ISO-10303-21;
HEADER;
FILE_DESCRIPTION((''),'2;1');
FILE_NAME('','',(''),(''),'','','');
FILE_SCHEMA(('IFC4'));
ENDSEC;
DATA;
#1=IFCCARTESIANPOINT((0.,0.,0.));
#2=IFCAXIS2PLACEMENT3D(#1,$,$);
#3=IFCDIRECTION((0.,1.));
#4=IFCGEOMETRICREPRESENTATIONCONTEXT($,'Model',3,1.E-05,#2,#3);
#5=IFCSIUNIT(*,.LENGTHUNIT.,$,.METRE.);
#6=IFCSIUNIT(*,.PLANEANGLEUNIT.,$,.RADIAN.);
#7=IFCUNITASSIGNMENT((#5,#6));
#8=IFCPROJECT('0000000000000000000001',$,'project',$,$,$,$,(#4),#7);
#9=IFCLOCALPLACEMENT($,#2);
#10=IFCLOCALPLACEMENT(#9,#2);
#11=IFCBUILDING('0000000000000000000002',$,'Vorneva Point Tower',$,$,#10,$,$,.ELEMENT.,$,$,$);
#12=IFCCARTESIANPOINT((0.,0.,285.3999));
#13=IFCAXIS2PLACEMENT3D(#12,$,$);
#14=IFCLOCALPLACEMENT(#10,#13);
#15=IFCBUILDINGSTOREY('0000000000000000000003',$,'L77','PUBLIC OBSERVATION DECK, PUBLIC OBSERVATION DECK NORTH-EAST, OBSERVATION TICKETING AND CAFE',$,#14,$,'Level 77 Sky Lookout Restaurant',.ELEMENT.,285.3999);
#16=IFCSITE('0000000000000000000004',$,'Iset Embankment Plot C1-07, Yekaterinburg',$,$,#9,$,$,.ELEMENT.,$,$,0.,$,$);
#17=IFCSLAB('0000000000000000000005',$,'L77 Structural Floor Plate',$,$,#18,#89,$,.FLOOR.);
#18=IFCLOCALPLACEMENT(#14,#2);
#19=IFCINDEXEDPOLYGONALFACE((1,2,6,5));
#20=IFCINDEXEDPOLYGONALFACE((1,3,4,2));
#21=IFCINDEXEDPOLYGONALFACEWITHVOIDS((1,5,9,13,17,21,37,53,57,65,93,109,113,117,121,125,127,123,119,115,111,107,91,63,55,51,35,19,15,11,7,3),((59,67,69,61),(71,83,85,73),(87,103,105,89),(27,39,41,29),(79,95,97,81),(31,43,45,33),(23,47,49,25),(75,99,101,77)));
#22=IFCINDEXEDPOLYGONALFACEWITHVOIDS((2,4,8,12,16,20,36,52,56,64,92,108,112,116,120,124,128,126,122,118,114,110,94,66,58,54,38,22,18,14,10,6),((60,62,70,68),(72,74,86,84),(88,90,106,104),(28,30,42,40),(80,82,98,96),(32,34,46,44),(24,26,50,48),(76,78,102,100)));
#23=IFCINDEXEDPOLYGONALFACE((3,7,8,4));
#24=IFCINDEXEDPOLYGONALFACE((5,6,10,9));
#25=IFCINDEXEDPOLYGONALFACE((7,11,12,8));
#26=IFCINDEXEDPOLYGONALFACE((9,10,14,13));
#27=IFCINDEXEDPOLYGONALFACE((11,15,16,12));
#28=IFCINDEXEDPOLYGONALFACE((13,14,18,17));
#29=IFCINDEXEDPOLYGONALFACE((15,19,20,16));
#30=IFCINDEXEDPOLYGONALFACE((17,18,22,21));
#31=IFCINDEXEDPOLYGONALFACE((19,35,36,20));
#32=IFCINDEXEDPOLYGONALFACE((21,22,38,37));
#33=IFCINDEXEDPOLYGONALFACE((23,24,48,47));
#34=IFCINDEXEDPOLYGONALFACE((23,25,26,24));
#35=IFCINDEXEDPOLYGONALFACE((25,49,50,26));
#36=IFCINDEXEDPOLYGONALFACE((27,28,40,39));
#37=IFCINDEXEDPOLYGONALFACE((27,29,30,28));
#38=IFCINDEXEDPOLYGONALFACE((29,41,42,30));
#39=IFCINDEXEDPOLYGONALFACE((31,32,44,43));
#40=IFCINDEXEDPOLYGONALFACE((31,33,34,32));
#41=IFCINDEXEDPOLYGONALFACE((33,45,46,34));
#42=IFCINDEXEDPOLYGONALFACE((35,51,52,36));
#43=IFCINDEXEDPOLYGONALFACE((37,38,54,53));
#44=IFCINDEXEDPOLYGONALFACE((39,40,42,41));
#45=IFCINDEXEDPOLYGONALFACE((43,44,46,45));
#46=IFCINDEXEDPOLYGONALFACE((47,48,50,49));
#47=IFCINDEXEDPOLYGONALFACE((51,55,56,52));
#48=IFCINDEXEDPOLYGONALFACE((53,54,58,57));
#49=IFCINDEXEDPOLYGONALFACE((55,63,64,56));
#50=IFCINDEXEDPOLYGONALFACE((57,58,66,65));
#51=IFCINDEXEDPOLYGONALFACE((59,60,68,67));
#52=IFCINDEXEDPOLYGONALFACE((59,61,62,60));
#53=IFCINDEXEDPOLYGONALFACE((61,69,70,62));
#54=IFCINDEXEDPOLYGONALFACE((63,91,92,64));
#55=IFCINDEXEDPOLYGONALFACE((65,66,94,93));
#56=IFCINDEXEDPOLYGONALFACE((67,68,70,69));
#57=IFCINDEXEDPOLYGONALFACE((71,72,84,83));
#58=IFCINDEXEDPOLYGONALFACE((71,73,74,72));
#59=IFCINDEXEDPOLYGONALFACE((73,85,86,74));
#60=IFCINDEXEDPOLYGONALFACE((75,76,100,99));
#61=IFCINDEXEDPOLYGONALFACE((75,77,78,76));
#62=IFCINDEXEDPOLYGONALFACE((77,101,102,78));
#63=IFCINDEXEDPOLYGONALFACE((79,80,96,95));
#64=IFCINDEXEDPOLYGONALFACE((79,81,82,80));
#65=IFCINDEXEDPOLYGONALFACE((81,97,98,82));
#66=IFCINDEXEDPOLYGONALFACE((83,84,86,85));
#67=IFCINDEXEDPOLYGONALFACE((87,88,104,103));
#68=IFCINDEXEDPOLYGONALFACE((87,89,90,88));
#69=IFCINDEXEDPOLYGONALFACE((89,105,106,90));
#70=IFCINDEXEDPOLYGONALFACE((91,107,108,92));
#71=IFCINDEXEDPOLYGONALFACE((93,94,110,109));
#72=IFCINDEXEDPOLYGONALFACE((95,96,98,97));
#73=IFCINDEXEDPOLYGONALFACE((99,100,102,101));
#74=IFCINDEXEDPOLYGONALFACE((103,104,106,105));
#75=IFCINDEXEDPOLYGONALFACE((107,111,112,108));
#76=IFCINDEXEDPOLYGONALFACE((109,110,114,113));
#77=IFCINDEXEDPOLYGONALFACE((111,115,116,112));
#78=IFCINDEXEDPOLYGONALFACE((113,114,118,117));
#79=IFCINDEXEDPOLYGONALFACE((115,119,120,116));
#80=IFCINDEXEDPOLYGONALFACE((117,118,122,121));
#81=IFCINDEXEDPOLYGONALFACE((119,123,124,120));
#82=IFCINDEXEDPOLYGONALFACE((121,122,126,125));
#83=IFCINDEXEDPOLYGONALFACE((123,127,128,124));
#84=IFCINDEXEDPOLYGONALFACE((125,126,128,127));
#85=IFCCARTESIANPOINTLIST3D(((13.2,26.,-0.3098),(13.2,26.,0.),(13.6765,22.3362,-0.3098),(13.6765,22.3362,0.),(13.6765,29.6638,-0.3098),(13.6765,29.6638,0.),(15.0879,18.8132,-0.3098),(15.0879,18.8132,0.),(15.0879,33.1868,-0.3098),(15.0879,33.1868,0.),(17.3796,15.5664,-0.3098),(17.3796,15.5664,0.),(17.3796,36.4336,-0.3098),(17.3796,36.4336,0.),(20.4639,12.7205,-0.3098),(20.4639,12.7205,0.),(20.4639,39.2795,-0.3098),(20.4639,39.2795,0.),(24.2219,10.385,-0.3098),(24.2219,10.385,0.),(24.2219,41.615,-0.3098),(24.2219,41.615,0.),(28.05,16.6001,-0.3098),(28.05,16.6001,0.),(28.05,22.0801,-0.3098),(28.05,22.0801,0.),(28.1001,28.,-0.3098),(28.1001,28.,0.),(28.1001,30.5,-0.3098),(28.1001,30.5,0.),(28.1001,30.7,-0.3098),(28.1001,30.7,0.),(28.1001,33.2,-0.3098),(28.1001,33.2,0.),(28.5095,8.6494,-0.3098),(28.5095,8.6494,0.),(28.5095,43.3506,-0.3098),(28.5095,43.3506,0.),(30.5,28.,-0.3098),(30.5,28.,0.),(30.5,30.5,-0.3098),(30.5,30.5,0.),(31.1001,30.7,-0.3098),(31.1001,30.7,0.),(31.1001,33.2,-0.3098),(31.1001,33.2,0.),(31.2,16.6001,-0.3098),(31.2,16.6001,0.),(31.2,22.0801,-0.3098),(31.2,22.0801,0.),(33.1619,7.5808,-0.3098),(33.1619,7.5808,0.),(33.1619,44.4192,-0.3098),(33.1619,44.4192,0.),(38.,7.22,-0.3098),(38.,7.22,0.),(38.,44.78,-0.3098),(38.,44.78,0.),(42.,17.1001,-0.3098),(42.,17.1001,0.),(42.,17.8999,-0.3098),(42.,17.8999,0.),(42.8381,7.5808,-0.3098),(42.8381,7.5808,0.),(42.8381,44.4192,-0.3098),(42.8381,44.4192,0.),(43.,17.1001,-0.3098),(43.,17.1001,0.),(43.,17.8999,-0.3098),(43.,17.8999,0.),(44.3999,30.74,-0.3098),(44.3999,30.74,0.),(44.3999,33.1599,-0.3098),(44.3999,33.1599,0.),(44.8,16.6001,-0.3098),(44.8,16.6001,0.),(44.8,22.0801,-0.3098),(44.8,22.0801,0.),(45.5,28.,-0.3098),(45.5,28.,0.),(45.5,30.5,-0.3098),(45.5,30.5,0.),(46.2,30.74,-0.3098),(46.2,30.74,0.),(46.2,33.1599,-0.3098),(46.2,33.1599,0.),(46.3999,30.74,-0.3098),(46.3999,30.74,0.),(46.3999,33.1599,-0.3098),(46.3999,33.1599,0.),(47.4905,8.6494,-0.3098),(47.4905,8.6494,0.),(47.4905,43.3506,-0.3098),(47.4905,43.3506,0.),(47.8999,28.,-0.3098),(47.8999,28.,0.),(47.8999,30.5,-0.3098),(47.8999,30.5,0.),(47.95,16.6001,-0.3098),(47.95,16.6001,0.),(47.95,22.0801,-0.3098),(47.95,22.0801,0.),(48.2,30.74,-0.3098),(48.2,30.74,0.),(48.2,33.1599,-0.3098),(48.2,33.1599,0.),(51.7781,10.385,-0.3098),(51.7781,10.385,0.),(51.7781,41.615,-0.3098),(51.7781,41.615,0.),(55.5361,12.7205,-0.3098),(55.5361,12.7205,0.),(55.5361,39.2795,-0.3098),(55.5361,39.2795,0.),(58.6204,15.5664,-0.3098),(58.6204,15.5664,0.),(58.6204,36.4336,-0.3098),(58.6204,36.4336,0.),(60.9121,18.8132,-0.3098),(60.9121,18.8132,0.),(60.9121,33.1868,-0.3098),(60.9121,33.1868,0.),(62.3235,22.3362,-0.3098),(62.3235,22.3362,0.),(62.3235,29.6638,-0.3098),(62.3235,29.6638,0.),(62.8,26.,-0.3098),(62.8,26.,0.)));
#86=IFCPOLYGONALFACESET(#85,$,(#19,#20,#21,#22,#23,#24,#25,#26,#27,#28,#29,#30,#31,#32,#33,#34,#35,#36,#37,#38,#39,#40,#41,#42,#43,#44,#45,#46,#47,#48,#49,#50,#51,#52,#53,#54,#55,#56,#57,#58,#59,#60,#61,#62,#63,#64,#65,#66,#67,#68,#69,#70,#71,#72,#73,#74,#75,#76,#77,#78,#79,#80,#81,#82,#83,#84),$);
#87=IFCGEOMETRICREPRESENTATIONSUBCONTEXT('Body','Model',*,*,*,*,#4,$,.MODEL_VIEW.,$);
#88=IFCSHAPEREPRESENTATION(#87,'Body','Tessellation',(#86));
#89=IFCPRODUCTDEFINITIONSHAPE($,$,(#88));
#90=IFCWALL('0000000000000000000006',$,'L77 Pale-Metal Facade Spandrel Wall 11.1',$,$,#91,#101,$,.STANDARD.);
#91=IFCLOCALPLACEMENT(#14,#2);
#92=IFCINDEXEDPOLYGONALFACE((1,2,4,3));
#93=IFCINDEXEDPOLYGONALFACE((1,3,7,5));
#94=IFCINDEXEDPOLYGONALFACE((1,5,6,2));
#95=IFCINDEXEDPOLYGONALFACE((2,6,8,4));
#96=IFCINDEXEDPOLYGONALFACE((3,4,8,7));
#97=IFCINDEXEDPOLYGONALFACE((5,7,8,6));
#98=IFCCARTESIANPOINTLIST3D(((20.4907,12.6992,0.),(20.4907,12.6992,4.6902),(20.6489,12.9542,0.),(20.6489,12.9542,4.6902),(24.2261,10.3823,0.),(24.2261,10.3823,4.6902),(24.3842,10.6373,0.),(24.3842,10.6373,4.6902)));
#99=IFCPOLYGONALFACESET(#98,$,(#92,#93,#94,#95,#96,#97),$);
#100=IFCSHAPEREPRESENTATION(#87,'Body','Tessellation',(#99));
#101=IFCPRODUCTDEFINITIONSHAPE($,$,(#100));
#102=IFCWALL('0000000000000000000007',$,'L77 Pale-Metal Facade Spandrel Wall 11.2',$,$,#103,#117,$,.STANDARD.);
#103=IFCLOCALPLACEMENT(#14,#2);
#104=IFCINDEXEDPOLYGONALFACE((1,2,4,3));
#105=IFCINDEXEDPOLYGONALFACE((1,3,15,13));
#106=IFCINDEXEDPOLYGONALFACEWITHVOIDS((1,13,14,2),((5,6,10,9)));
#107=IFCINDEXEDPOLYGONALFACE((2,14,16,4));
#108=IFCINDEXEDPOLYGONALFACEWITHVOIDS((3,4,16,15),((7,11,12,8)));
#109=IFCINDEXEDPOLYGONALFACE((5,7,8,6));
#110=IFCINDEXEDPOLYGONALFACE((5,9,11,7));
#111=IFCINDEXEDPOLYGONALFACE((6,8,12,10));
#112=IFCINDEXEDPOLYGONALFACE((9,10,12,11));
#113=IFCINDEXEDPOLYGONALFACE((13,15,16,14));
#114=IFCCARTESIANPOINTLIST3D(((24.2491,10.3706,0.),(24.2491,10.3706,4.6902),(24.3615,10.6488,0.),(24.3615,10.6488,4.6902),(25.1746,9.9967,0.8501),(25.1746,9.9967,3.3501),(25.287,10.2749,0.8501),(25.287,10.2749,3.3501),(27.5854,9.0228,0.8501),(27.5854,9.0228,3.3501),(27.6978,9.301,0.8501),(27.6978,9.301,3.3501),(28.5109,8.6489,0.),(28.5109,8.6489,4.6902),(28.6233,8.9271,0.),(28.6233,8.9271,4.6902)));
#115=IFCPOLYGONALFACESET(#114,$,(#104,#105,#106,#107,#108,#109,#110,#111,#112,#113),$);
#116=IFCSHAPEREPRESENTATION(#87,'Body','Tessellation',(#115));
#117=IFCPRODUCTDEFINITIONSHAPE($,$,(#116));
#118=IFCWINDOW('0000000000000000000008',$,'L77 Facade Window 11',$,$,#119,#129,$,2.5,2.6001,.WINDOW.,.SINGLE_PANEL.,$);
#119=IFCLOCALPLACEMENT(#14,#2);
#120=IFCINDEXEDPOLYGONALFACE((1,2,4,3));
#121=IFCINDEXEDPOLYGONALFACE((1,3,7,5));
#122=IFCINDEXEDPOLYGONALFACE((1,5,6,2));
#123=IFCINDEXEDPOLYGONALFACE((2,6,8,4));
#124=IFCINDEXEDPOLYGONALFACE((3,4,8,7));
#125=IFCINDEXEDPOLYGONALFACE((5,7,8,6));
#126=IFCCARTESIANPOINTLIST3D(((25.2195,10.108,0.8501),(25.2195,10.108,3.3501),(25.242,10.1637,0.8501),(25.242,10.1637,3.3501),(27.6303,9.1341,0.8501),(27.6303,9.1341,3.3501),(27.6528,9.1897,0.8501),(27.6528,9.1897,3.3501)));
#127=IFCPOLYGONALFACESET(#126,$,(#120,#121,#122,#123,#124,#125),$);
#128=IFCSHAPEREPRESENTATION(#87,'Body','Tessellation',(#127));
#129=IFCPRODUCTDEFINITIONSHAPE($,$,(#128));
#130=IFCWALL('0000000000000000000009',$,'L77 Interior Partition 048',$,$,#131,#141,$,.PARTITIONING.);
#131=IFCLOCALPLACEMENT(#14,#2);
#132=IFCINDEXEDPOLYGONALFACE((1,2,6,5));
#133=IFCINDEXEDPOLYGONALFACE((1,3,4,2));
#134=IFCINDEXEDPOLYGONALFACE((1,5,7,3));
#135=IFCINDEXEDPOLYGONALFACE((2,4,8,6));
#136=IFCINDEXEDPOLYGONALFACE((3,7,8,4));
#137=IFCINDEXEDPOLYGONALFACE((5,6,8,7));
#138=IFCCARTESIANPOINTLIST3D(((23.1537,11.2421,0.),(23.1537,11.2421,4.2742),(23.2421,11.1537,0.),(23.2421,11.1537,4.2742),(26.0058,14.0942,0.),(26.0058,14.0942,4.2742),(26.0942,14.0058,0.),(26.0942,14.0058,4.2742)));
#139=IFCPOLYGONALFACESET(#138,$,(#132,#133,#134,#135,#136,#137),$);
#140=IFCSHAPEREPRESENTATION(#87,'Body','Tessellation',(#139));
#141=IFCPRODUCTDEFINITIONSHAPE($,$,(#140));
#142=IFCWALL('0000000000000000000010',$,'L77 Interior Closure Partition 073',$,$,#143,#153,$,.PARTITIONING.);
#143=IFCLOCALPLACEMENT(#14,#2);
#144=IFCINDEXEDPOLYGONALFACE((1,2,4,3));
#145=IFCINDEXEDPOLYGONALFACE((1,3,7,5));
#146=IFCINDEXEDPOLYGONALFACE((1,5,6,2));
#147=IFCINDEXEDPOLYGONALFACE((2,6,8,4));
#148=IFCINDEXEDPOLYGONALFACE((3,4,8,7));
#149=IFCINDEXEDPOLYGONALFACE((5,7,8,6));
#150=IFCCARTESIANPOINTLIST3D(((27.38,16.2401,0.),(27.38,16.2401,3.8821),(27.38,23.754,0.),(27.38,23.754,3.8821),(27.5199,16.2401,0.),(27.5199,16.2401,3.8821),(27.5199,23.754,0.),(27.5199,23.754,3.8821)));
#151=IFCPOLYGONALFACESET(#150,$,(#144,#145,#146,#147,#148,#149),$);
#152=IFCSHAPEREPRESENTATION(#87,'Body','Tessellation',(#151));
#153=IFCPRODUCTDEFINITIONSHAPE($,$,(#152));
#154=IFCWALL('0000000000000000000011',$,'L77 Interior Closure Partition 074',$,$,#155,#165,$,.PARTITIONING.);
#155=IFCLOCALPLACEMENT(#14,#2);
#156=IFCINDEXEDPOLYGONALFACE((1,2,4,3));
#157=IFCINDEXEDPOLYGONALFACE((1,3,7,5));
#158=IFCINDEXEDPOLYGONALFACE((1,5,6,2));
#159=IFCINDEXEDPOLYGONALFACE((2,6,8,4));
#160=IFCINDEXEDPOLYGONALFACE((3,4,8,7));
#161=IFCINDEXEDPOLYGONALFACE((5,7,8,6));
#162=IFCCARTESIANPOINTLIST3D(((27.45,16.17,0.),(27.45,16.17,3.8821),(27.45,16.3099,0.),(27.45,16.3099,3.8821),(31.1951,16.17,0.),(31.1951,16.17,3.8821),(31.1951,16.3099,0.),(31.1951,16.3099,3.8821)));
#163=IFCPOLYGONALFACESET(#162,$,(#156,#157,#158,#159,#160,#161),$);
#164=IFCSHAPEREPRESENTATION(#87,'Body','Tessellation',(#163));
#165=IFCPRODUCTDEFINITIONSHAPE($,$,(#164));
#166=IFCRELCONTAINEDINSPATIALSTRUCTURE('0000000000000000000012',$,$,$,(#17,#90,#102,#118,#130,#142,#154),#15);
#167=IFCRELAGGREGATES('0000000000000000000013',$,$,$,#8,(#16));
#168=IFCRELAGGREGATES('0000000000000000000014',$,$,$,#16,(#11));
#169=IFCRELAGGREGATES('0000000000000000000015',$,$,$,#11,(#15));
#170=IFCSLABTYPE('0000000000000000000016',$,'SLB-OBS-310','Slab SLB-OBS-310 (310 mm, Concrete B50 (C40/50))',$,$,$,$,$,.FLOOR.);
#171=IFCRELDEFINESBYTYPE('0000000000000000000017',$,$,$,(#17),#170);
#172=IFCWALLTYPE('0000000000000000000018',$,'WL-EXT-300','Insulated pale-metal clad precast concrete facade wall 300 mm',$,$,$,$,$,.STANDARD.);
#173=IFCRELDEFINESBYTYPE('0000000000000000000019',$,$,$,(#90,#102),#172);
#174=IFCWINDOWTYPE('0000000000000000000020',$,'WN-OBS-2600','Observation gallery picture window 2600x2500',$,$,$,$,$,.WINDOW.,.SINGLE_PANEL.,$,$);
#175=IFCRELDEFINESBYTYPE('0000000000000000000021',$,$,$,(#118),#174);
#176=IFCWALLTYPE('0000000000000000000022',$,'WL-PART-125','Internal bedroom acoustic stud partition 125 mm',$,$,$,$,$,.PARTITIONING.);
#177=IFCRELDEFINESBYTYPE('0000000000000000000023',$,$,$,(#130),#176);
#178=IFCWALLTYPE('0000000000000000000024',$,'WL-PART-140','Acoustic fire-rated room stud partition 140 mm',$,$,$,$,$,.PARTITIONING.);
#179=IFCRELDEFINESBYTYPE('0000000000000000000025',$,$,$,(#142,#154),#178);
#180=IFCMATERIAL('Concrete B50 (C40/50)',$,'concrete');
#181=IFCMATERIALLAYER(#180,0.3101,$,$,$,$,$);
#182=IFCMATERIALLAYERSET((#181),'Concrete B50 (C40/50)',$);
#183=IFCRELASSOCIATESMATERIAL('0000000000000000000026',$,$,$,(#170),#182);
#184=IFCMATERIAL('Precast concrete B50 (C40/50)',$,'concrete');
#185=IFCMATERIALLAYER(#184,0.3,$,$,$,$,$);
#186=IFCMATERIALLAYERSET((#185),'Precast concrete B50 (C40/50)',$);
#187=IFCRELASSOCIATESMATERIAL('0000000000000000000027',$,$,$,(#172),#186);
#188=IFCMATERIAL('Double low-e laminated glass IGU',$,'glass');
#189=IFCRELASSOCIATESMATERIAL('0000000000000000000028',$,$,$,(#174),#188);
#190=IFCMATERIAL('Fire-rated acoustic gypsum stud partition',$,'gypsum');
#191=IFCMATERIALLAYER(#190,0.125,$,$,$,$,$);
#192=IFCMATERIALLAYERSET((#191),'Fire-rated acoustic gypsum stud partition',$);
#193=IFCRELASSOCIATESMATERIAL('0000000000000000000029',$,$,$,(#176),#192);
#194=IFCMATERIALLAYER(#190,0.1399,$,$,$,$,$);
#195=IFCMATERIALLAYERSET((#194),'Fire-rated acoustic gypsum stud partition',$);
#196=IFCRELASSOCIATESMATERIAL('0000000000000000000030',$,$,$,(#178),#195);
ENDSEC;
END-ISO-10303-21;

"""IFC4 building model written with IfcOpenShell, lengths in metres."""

from ifc_helpers import new_model, si_unit, direction, frame, frame_2d, origin, place, context, subcontext, project, spatial, polyline, rectangle, outline, extrude, material, layer, layer_set, type_object, element, fill, save


model = new_model("IFC4")

# Units and contexts
model_context = context("Model", 3, precision=1e-05, world=origin(), true_north=direction((0.0, 1.0)))
body_context = subcontext(model_context, "Body", "Model", "MODEL_VIEW")
ifc_project = project(units=[si_unit("LENGTHUNIT", "METRE"), si_unit("PLANEANGLEUNIT", "RADIAN")], contexts=[model_context])

# Site, building, storey
site_placement = place(None, origin())
site = spatial("IfcSite", under=ifc_project, at=site_placement, Name="Iset Embankment Plot C1-07, Yekaterinburg", CompositionType="ELEMENT", RefElevation=0.0)
building_placement = place(site_placement, origin())
building = spatial("IfcBuilding", under=site, at=building_placement, Name="Vorneva Point Tower", CompositionType="ELEMENT")
storey_placement = place(building_placement, frame((0.0, 0.0, 285.3999)))
storey = spatial("IfcBuildingStorey", under=building, at=storey_placement, Name="L77", Description="PUBLIC OBSERVATION DECK, PUBLIC OBSERVATION DECK NORTH-EAST, OBSERVATION TICKETING AND CAFE", LongName="Level 77 Sky Lookout Restaurant", CompositionType="ELEMENT", Elevation=285.3999)

# Shared definitions
ifc_material_1 = material(Name="Concrete B50 (C40/50)", Category="concrete")

# Shared definitions
ifc_material_2 = material(Name="Double low-e laminated glass IGU", Category="glass")

# Slab
ifc_layer_1 = layer(ifc_material_1, 0.3101)
ifc_layer_set_1 = layer_set([ifc_layer_1], Name="Concrete B50 (C40/50)")
slab_type_1 = type_object("IfcSlabType", Name="SLB-OBS-310", Description="Slab SLB-OBS-310 (310 mm, Concrete B50 (C40/50))", PredefinedType="FLOOR", material=ifc_layer_set_1)
slab_1_placement = place(storey_placement, frame((0.0, 0.0, -0.3098)))
element("IfcSlab", 1, at=slab_1_placement, inside=storey, type_object=slab_type_1, Name="L77 Structural Floor Plate", PredefinedType="FLOOR", context=body_context, shape_type="SweptSolid", body=[
    extrude(outline(polyline([(62.8, 26.0), (62.3235, 29.6638), (60.9121, 33.1868), (58.6204, 36.4336), (55.5361, 39.2795), (51.7781, 41.615), (47.4905, 43.3506), (42.8381, 44.4192), (38.0, 44.78), (33.1619, 44.4192), (28.5095, 43.3506), (24.2219, 41.615), (20.4639, 39.2795), (17.3796, 36.4336), (15.0879, 33.1868), (13.6765, 29.6638), (13.2, 26.0), (13.6765, 22.3362), (15.0879, 18.8132), (17.3796, 15.5664), (20.4639, 12.7205), (24.2219, 10.385), (28.5095, 8.6494), (33.1619, 7.5808), (38.0, 7.22), (42.8381, 7.5808), (47.4905, 8.6494), (51.7781, 10.385), (55.5361, 12.7205), (58.6204, 15.5664), (60.9121, 18.8132), (62.3235, 22.3362), (62.8, 26.0)]), holes=[polyline([(44.3999, 30.74), (46.2, 30.74), (46.2, 33.1599), (44.3999, 33.1599), (44.3999, 30.74)]), polyline([(46.3999, 30.74), (48.2, 30.74), (48.2, 33.1599), (46.3999, 33.1599), (46.3999, 30.74)]), polyline([(28.1001, 28.0), (30.5, 28.0), (30.5, 30.5), (28.1001, 30.5), (28.1001, 28.0)]), polyline([(45.5, 28.0), (47.8999, 28.0), (47.8999, 30.5), (45.5, 30.5), (45.5, 28.0)]), polyline([(28.1001, 30.7), (31.1001, 30.7), (31.1001, 33.2), (28.1001, 33.2), (28.1001, 30.7)]), polyline([(28.05, 16.6001), (31.2, 16.6001), (31.2, 22.0801), (28.05, 22.0801), (28.05, 16.6001)]), polyline([(44.8, 16.6001), (47.95, 16.6001), (47.95, 22.0801), (44.8, 22.0801), (44.8, 16.6001)]), polyline([(42.0, 17.1001), (43.0, 17.1001), (43.0, 17.8999), (42.0, 17.8999), (42.0, 17.1001)])]), origin(), (0.0, 0.0, 1.0), 0.3098),
])

# Wall
ifc_material_3 = material(Name="Precast concrete B50 (C40/50)", Category="concrete")
ifc_layer_2 = layer(ifc_material_3, 0.3)
ifc_layer_set_2 = layer_set([ifc_layer_2], Name="Precast concrete B50 (C40/50)")
wall_type_1 = type_object("IfcWallType", Name="WL-EXT-300", Description="Insulated pale-metal clad precast concrete facade wall 300 mm", PredefinedType="STANDARD", material=ifc_layer_set_2)
wall_1_placement = place(storey_placement, frame((20.5698, 12.8267, 0.0), z_axis=(0.0, 0.0, 1.0), x_axis=(0.849803, -0.5271, 0.0)))
element("IfcWall", 2, at=wall_1_placement, inside=storey, type_object=wall_type_1, Name="L77 Pale-Metal Facade Spandrel Wall 11.1", PredefinedType="STANDARD", context=body_context, shape_type="SweptSolid", body=[
    extrude(rectangle(XDim=4.3955, YDim=0.3, at=frame_2d((2.1978, 0.0))), origin(), (0.0, 0.0, 1.0), 4.6902),
])

# Wall, opening, window
wall_2_placement = place(storey_placement, frame((24.3052, 10.5098, 0.0), z_axis=(0.0, 0.0, 1.0), x_axis=(0.927196, -0.374575, 0.0)))
wall_2 = element("IfcWall", 3, at=wall_2_placement, inside=storey, type_object=wall_type_1, Name="L77 Pale-Metal Facade Spandrel Wall 11.2", PredefinedType="STANDARD", context=body_context, shape_type="SweptSolid", body=[
    extrude(rectangle(XDim=4.5964, YDim=0.3, at=frame_2d((2.2983, 0.0))), origin(), (0.0, 0.0, 1.0), 4.6902),
])
opening_1_placement = place(wall_2_placement, frame((0.9983, 0.0, 0.8501)))
opening_1 = element("IfcOpeningElement", 4, at=opening_1_placement, cuts=wall_2, PredefinedType="OPENING", context=body_context, shape_type="SweptSolid", body=[
    extrude(rectangle(XDim=2.6001, YDim=2.5, at=frame_2d((1.3, 1.25))), frame((0.0, 0.165, 0.0), z_axis=(0.0, -1.0, 0.0), x_axis=(1.0, 0.0, 0.0)), (0.0, 0.0, 1.0), 0.3298),
])
window_type = type_object("IfcWindowType", Name="WN-OBS-2600", Description="Observation gallery picture window 2600x2500", PartitioningType="SINGLE_PANEL", PredefinedType="WINDOW", material=ifc_material_2)
window_placement = place(opening_1_placement, origin())
window = element("IfcWindow", 5, at=window_placement, inside=storey, type_object=window_type, Name="L77 Facade Window 11", OverallHeight=2.5, OverallWidth=2.6001, PartitioningType="SINGLE_PANEL", PredefinedType="WINDOW", context=body_context, shape_type="SweptSolid", body=[
    extrude(rectangle(XDim=2.6001, YDim=2.5, at=frame_2d((1.3, 1.25))), frame((0.0, 0.03, 0.0), z_axis=(0.0, -1.0, 0.0), x_axis=(1.0, 0.0, 0.0)), (0.0, 0.0, 1.0), 0.0601),
])
fill(opening_1, window)

# Walls
ifc_material_4 = material(Name="Fire-rated acoustic gypsum stud partition", Category="gypsum")
ifc_layer_3 = layer(ifc_material_4, 0.125)
ifc_layer_set_3 = layer_set([ifc_layer_3], Name="Fire-rated acoustic gypsum stud partition")
wall_type_2 = type_object("IfcWallType", Name="WL-PART-125", Description="Internal bedroom acoustic stud partition 125 mm", PredefinedType="PARTITIONING", material=ifc_layer_set_3)
wall_3_placement = place(storey_placement, frame((23.198, 11.198, 0.0), z_axis=(0.0, 0.0, 1.0), x_axis=(0.707107, 0.707107, 0.0)))
element("IfcWall", 6, at=wall_3_placement, inside=storey, type_object=wall_type_2, Name="L77 Interior Partition 048", PredefinedType="PARTITIONING", context=body_context, shape_type="SweptSolid", body=[
    extrude(rectangle(XDim=4.0334, YDim=0.125, at=frame_2d((2.0166, 0.0))), origin(), (0.0, 0.0, 1.0), 4.2742),
])
ifc_layer_4 = layer(ifc_material_4, 0.1399)
ifc_layer_set_4 = layer_set([ifc_layer_4], Name="Fire-rated acoustic gypsum stud partition")
wall_type_3 = type_object("IfcWallType", Name="WL-PART-140", Description="Acoustic fire-rated room stud partition 140 mm", PredefinedType="PARTITIONING", material=ifc_layer_set_4)
wall_4_placement = place(storey_placement, frame((27.45, 23.7539, 0.0), z_axis=(0.0, 0.0, 1.0), x_axis=(0.0, -1.0, 0.0)))
element("IfcWall", 7, at=wall_4_placement, inside=storey, type_object=wall_type_3, Name="L77 Interior Closure Partition 073", PredefinedType="PARTITIONING", context=body_context, shape_type="SweptSolid", body=[
    extrude(rectangle(XDim=7.5139, YDim=0.1399, at=frame_2d((3.7568, 0.0))), origin(), (0.0, 0.0, 1.0), 3.8821),
])
wall_5_placement = place(storey_placement, frame((27.45, 16.24, 0.0), z_axis=(0.0, 0.0, 1.0), x_axis=(1.0, 0.0, 0.0)))
element("IfcWall", 8, at=wall_5_placement, inside=storey, type_object=wall_type_3, Name="L77 Interior Closure Partition 074", PredefinedType="PARTITIONING", context=body_context, shape_type="SweptSolid", body=[
    extrude(rectangle(XDim=3.7451, YDim=0.1399, at=frame_2d((1.8726, 0.0))), origin(), (0.0, 0.0, 1.0), 3.8821),
])

save(model, "model.ifc")
